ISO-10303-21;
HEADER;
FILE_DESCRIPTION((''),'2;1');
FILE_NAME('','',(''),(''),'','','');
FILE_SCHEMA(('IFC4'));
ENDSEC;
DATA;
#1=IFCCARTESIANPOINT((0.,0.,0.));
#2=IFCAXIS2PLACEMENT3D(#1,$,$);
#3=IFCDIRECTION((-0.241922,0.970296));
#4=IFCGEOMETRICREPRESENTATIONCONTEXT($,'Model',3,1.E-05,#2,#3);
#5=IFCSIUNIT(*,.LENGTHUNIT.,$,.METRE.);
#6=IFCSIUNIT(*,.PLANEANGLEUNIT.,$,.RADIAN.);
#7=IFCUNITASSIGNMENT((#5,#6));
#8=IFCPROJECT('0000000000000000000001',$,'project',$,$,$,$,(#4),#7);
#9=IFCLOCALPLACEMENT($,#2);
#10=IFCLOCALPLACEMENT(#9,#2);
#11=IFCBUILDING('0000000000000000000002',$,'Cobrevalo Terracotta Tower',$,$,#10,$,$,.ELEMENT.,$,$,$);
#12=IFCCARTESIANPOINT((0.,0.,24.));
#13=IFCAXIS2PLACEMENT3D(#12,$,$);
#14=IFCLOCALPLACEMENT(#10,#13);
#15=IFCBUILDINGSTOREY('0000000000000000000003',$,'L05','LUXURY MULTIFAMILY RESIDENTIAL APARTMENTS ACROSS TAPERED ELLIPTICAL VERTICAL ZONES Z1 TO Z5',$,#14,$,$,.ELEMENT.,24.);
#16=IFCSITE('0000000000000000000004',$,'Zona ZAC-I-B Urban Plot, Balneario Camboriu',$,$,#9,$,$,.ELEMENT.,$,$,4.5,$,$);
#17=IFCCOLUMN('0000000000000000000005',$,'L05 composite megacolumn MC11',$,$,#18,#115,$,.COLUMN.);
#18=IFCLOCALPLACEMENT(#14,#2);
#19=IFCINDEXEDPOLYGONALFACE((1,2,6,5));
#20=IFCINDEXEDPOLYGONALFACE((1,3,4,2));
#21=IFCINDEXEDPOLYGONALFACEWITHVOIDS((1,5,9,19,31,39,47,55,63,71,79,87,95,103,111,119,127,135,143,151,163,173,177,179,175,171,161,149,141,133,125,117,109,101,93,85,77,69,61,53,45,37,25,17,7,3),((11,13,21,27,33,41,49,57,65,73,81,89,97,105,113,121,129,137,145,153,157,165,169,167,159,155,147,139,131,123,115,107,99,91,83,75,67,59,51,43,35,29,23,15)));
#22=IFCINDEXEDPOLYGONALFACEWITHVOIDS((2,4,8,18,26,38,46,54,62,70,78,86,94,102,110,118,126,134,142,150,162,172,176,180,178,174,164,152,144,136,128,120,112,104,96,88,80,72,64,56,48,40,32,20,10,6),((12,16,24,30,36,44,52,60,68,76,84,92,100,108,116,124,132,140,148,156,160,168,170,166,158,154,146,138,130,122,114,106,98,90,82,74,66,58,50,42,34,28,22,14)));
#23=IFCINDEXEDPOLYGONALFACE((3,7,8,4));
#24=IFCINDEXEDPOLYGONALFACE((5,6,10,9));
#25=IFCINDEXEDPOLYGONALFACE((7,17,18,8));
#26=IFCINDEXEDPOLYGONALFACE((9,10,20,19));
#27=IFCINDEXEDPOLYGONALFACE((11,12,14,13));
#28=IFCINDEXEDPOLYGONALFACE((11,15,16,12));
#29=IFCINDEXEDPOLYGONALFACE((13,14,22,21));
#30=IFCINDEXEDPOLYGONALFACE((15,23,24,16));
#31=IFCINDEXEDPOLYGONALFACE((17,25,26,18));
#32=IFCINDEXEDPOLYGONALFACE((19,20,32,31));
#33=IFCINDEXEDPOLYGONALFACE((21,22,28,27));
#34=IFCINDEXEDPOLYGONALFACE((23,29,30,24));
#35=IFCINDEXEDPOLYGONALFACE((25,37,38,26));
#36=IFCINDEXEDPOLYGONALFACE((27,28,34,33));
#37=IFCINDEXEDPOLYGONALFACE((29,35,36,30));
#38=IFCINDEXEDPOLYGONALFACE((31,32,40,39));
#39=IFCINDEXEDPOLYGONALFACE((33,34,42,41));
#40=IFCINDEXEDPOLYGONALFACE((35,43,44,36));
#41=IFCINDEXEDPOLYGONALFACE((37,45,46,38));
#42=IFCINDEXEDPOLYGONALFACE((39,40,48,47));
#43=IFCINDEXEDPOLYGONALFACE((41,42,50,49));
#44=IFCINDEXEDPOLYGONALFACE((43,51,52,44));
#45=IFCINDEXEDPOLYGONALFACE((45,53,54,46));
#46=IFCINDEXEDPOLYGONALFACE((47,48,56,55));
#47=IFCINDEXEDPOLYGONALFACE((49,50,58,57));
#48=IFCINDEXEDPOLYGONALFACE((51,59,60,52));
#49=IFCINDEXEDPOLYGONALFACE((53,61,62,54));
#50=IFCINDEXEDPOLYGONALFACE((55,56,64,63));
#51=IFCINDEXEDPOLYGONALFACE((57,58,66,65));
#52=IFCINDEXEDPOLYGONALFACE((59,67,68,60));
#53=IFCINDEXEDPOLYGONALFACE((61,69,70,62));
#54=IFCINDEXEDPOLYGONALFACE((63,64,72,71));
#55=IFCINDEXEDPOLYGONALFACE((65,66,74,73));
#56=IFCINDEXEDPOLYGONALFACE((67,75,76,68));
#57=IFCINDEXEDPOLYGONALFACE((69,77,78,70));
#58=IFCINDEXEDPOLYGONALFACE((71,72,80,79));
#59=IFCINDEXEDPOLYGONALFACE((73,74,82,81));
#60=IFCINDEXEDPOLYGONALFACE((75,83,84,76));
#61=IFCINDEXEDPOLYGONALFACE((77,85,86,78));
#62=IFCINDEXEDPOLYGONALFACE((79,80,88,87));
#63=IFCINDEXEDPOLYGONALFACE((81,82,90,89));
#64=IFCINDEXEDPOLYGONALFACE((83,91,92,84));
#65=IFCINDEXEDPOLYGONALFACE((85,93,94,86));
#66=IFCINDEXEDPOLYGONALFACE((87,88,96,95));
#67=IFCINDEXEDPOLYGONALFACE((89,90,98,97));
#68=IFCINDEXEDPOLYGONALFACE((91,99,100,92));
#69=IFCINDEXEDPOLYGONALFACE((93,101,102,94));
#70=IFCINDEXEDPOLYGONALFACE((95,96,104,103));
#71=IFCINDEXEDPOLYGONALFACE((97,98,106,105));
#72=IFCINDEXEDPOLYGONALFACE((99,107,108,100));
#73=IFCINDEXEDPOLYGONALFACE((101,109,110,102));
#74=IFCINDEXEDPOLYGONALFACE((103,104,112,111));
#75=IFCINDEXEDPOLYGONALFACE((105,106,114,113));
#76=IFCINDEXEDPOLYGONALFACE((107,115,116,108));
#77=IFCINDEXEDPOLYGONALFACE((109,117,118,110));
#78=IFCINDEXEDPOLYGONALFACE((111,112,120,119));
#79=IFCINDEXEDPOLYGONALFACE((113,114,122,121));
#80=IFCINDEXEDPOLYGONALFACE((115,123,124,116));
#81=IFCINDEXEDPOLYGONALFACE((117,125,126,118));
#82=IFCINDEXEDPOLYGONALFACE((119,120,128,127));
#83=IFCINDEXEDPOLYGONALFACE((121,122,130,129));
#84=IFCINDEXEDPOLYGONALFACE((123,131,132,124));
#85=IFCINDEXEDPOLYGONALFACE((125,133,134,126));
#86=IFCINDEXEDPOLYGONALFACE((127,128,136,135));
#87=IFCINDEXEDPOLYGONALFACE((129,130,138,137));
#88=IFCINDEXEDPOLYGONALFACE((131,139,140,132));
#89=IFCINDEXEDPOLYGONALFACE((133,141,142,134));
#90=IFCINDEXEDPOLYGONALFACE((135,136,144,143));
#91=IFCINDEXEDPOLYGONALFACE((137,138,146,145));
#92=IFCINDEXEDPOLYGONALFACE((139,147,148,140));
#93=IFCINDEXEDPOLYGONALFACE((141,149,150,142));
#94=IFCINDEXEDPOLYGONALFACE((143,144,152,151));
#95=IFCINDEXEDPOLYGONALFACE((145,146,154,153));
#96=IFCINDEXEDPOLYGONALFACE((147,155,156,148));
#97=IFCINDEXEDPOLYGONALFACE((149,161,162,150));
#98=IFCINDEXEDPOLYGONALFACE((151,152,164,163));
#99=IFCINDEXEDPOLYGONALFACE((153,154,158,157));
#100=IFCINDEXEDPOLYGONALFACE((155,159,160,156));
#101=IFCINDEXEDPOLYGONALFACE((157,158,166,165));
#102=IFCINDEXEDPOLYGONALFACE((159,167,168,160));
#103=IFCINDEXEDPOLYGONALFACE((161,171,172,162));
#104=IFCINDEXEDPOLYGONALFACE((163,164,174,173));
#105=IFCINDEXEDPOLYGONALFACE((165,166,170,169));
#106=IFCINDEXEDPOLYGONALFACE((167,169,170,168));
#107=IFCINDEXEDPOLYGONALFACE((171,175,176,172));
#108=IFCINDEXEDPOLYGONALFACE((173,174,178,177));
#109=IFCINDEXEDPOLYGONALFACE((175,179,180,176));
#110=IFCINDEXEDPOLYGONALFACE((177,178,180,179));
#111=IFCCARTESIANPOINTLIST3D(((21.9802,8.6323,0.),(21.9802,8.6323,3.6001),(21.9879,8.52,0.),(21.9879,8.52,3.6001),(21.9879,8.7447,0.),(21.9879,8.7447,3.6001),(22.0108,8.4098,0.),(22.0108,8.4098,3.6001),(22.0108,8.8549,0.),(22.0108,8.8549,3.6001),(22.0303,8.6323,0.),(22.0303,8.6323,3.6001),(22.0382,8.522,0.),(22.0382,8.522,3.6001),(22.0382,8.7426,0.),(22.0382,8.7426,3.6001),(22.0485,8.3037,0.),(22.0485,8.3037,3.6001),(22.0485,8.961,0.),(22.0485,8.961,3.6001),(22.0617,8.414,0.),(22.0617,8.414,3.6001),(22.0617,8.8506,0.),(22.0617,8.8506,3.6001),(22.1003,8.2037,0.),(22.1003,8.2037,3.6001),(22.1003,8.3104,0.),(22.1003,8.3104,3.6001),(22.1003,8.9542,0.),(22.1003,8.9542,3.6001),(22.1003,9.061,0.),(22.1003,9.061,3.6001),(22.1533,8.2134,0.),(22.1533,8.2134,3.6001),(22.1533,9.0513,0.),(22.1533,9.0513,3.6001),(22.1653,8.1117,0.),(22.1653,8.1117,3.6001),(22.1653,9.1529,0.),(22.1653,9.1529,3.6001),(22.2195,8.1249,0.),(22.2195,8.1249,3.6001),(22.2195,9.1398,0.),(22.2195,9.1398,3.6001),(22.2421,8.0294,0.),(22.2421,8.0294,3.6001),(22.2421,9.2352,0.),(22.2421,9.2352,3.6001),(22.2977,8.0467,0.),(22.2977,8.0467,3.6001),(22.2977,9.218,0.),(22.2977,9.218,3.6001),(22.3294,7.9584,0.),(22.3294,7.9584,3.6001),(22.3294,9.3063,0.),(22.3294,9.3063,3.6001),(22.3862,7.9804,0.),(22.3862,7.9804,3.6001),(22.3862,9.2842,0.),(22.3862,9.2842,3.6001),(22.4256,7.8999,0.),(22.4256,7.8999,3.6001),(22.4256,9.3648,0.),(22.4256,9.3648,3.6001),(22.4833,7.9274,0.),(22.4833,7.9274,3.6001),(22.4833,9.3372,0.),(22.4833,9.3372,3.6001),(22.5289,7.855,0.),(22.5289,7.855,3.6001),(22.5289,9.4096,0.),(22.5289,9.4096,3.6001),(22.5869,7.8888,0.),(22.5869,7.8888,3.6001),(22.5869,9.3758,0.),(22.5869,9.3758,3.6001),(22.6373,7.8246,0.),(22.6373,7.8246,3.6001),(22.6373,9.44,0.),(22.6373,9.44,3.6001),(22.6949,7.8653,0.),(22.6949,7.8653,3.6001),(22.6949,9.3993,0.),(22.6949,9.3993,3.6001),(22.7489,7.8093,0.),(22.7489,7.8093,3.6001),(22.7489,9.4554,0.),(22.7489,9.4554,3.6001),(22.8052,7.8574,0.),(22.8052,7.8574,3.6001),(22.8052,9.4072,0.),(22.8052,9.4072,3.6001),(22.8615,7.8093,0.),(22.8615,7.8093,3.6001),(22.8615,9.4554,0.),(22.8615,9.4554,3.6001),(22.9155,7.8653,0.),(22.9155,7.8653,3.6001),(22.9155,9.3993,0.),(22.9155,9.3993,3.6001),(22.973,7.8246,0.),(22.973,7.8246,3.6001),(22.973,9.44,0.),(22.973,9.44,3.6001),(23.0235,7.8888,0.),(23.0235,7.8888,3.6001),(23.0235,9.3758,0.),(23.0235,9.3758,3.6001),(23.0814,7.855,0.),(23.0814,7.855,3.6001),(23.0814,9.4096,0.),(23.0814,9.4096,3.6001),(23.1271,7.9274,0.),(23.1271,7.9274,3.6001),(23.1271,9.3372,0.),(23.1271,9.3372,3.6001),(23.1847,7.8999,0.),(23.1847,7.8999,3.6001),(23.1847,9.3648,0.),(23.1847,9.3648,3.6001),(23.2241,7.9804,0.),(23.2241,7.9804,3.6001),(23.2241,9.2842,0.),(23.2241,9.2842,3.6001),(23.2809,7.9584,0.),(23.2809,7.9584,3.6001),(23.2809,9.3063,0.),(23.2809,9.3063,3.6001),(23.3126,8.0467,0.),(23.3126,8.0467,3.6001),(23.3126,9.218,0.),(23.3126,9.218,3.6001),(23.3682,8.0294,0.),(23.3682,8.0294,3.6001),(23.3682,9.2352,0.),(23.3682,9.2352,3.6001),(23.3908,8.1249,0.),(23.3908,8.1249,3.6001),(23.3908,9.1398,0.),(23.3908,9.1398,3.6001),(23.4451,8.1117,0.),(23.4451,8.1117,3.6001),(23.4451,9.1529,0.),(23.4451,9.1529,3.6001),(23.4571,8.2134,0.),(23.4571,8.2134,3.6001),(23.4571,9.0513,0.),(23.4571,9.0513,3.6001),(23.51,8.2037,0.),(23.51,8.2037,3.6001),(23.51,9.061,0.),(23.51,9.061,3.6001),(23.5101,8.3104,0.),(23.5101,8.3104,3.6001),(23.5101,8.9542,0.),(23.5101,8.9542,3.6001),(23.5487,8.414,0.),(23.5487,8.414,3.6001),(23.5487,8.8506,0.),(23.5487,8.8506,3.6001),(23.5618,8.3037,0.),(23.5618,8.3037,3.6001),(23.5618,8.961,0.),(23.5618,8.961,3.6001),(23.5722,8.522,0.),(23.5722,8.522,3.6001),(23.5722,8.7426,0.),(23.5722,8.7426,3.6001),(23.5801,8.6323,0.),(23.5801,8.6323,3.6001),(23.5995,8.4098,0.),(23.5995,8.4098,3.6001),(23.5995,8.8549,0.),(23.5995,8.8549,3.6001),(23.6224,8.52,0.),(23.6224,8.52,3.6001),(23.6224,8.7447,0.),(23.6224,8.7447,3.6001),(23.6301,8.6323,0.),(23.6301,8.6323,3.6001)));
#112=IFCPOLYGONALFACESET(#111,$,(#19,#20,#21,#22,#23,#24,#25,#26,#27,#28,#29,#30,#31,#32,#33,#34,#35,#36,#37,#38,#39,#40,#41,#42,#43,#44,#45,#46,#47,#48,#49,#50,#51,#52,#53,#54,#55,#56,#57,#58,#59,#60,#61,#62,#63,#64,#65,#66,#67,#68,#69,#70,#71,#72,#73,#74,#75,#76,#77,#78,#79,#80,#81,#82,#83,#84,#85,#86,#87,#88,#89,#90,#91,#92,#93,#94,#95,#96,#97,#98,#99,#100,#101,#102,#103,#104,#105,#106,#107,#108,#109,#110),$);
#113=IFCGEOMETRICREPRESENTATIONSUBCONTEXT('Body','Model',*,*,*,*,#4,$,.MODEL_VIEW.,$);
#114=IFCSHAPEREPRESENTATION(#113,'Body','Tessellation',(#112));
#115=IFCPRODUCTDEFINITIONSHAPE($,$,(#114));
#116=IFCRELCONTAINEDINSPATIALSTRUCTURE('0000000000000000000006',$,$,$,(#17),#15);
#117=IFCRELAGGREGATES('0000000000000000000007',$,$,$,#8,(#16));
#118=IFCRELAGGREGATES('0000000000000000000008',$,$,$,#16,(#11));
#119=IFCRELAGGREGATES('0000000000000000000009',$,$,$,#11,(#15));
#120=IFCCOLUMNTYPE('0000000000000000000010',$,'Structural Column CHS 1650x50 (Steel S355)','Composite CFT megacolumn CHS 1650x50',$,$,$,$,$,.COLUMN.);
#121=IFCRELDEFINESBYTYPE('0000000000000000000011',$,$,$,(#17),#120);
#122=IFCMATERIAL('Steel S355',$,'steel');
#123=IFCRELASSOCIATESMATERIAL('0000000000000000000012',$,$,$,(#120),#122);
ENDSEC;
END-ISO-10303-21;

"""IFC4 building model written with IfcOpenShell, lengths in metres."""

from ifc_helpers import new_model, si_unit, direction, frame, origin, origin_2d, place, context, subcontext, project, spatial, hollow_circle, extrude, material, material_profile, profile_set, type_object, element, save


model = new_model("IFC4")

# Units and contexts
model_context = context("Model", 3, precision=1e-05, world=origin(), true_north=direction((-0.241922, 0.970296)))
body_context = subcontext(model_context, "Body", "Model", "MODEL_VIEW")
ifc_project = project(units=[si_unit("LENGTHUNIT", "METRE"), si_unit("PLANEANGLEUNIT", "RADIAN")], contexts=[model_context])

# Site, building, storey
site_placement = place(None, origin())
site = spatial("IfcSite", under=ifc_project, at=site_placement, Name="Zona ZAC-I-B Urban Plot, Balneario Camboriu", CompositionType="ELEMENT", RefElevation=4.5)
building_placement = place(site_placement, origin())
building = spatial("IfcBuilding", under=site, at=building_placement, Name="Cobrevalo Terracotta Tower", CompositionType="ELEMENT")
storey_placement = place(building_placement, frame((0.0, 0.0, 24.0)))
storey = spatial("IfcBuildingStorey", under=building, at=storey_placement, Name="L05", Description="LUXURY MULTIFAMILY RESIDENTIAL APARTMENTS ACROSS TAPERED ELLIPTICAL VERTICAL ZONES Z1 TO Z5", CompositionType="ELEMENT", Elevation=24.0)

# Column
ifc_material_1 = material(Name="Steel S355", Category="steel")
ifc_material_profile_1 = material_profile(ifc_material_1, hollow_circle(Radius=0.825, WallThickness=0.05, at=origin_2d()), Name="CHS 1650x50")
ifc_profile_set_1 = profile_set([ifc_material_profile_1], Name="Steel S355")
column_type = type_object("IfcColumnType", Name="Structural Column CHS 1650x50 (Steel S355)", Description="Composite CFT megacolumn CHS 1650x50", PredefinedType="COLUMN", material=ifc_profile_set_1)
for number, where, z_axis, x_axis, name in (
    (1, (22.8052, 8.6323, 0.0), (0.0, 0.0, 1.0), (1.0, 0.0, 0.0), "L05 composite megacolumn MC11"),
):
    element("IfcColumn", number, at=place(storey_placement, frame(where, z_axis=z_axis, x_axis=x_axis)), inside=storey, type_object=column_type, Name=name, PredefinedType="COLUMN", context=body_context, shape_type="SweptSolid", body=[
        extrude(hollow_circle(Radius=0.825, WallThickness=0.05, at=origin_2d()), origin(), (0.0, 0.0, 1.0), 3.6001),
    ])

save(model, "model.ifc")
